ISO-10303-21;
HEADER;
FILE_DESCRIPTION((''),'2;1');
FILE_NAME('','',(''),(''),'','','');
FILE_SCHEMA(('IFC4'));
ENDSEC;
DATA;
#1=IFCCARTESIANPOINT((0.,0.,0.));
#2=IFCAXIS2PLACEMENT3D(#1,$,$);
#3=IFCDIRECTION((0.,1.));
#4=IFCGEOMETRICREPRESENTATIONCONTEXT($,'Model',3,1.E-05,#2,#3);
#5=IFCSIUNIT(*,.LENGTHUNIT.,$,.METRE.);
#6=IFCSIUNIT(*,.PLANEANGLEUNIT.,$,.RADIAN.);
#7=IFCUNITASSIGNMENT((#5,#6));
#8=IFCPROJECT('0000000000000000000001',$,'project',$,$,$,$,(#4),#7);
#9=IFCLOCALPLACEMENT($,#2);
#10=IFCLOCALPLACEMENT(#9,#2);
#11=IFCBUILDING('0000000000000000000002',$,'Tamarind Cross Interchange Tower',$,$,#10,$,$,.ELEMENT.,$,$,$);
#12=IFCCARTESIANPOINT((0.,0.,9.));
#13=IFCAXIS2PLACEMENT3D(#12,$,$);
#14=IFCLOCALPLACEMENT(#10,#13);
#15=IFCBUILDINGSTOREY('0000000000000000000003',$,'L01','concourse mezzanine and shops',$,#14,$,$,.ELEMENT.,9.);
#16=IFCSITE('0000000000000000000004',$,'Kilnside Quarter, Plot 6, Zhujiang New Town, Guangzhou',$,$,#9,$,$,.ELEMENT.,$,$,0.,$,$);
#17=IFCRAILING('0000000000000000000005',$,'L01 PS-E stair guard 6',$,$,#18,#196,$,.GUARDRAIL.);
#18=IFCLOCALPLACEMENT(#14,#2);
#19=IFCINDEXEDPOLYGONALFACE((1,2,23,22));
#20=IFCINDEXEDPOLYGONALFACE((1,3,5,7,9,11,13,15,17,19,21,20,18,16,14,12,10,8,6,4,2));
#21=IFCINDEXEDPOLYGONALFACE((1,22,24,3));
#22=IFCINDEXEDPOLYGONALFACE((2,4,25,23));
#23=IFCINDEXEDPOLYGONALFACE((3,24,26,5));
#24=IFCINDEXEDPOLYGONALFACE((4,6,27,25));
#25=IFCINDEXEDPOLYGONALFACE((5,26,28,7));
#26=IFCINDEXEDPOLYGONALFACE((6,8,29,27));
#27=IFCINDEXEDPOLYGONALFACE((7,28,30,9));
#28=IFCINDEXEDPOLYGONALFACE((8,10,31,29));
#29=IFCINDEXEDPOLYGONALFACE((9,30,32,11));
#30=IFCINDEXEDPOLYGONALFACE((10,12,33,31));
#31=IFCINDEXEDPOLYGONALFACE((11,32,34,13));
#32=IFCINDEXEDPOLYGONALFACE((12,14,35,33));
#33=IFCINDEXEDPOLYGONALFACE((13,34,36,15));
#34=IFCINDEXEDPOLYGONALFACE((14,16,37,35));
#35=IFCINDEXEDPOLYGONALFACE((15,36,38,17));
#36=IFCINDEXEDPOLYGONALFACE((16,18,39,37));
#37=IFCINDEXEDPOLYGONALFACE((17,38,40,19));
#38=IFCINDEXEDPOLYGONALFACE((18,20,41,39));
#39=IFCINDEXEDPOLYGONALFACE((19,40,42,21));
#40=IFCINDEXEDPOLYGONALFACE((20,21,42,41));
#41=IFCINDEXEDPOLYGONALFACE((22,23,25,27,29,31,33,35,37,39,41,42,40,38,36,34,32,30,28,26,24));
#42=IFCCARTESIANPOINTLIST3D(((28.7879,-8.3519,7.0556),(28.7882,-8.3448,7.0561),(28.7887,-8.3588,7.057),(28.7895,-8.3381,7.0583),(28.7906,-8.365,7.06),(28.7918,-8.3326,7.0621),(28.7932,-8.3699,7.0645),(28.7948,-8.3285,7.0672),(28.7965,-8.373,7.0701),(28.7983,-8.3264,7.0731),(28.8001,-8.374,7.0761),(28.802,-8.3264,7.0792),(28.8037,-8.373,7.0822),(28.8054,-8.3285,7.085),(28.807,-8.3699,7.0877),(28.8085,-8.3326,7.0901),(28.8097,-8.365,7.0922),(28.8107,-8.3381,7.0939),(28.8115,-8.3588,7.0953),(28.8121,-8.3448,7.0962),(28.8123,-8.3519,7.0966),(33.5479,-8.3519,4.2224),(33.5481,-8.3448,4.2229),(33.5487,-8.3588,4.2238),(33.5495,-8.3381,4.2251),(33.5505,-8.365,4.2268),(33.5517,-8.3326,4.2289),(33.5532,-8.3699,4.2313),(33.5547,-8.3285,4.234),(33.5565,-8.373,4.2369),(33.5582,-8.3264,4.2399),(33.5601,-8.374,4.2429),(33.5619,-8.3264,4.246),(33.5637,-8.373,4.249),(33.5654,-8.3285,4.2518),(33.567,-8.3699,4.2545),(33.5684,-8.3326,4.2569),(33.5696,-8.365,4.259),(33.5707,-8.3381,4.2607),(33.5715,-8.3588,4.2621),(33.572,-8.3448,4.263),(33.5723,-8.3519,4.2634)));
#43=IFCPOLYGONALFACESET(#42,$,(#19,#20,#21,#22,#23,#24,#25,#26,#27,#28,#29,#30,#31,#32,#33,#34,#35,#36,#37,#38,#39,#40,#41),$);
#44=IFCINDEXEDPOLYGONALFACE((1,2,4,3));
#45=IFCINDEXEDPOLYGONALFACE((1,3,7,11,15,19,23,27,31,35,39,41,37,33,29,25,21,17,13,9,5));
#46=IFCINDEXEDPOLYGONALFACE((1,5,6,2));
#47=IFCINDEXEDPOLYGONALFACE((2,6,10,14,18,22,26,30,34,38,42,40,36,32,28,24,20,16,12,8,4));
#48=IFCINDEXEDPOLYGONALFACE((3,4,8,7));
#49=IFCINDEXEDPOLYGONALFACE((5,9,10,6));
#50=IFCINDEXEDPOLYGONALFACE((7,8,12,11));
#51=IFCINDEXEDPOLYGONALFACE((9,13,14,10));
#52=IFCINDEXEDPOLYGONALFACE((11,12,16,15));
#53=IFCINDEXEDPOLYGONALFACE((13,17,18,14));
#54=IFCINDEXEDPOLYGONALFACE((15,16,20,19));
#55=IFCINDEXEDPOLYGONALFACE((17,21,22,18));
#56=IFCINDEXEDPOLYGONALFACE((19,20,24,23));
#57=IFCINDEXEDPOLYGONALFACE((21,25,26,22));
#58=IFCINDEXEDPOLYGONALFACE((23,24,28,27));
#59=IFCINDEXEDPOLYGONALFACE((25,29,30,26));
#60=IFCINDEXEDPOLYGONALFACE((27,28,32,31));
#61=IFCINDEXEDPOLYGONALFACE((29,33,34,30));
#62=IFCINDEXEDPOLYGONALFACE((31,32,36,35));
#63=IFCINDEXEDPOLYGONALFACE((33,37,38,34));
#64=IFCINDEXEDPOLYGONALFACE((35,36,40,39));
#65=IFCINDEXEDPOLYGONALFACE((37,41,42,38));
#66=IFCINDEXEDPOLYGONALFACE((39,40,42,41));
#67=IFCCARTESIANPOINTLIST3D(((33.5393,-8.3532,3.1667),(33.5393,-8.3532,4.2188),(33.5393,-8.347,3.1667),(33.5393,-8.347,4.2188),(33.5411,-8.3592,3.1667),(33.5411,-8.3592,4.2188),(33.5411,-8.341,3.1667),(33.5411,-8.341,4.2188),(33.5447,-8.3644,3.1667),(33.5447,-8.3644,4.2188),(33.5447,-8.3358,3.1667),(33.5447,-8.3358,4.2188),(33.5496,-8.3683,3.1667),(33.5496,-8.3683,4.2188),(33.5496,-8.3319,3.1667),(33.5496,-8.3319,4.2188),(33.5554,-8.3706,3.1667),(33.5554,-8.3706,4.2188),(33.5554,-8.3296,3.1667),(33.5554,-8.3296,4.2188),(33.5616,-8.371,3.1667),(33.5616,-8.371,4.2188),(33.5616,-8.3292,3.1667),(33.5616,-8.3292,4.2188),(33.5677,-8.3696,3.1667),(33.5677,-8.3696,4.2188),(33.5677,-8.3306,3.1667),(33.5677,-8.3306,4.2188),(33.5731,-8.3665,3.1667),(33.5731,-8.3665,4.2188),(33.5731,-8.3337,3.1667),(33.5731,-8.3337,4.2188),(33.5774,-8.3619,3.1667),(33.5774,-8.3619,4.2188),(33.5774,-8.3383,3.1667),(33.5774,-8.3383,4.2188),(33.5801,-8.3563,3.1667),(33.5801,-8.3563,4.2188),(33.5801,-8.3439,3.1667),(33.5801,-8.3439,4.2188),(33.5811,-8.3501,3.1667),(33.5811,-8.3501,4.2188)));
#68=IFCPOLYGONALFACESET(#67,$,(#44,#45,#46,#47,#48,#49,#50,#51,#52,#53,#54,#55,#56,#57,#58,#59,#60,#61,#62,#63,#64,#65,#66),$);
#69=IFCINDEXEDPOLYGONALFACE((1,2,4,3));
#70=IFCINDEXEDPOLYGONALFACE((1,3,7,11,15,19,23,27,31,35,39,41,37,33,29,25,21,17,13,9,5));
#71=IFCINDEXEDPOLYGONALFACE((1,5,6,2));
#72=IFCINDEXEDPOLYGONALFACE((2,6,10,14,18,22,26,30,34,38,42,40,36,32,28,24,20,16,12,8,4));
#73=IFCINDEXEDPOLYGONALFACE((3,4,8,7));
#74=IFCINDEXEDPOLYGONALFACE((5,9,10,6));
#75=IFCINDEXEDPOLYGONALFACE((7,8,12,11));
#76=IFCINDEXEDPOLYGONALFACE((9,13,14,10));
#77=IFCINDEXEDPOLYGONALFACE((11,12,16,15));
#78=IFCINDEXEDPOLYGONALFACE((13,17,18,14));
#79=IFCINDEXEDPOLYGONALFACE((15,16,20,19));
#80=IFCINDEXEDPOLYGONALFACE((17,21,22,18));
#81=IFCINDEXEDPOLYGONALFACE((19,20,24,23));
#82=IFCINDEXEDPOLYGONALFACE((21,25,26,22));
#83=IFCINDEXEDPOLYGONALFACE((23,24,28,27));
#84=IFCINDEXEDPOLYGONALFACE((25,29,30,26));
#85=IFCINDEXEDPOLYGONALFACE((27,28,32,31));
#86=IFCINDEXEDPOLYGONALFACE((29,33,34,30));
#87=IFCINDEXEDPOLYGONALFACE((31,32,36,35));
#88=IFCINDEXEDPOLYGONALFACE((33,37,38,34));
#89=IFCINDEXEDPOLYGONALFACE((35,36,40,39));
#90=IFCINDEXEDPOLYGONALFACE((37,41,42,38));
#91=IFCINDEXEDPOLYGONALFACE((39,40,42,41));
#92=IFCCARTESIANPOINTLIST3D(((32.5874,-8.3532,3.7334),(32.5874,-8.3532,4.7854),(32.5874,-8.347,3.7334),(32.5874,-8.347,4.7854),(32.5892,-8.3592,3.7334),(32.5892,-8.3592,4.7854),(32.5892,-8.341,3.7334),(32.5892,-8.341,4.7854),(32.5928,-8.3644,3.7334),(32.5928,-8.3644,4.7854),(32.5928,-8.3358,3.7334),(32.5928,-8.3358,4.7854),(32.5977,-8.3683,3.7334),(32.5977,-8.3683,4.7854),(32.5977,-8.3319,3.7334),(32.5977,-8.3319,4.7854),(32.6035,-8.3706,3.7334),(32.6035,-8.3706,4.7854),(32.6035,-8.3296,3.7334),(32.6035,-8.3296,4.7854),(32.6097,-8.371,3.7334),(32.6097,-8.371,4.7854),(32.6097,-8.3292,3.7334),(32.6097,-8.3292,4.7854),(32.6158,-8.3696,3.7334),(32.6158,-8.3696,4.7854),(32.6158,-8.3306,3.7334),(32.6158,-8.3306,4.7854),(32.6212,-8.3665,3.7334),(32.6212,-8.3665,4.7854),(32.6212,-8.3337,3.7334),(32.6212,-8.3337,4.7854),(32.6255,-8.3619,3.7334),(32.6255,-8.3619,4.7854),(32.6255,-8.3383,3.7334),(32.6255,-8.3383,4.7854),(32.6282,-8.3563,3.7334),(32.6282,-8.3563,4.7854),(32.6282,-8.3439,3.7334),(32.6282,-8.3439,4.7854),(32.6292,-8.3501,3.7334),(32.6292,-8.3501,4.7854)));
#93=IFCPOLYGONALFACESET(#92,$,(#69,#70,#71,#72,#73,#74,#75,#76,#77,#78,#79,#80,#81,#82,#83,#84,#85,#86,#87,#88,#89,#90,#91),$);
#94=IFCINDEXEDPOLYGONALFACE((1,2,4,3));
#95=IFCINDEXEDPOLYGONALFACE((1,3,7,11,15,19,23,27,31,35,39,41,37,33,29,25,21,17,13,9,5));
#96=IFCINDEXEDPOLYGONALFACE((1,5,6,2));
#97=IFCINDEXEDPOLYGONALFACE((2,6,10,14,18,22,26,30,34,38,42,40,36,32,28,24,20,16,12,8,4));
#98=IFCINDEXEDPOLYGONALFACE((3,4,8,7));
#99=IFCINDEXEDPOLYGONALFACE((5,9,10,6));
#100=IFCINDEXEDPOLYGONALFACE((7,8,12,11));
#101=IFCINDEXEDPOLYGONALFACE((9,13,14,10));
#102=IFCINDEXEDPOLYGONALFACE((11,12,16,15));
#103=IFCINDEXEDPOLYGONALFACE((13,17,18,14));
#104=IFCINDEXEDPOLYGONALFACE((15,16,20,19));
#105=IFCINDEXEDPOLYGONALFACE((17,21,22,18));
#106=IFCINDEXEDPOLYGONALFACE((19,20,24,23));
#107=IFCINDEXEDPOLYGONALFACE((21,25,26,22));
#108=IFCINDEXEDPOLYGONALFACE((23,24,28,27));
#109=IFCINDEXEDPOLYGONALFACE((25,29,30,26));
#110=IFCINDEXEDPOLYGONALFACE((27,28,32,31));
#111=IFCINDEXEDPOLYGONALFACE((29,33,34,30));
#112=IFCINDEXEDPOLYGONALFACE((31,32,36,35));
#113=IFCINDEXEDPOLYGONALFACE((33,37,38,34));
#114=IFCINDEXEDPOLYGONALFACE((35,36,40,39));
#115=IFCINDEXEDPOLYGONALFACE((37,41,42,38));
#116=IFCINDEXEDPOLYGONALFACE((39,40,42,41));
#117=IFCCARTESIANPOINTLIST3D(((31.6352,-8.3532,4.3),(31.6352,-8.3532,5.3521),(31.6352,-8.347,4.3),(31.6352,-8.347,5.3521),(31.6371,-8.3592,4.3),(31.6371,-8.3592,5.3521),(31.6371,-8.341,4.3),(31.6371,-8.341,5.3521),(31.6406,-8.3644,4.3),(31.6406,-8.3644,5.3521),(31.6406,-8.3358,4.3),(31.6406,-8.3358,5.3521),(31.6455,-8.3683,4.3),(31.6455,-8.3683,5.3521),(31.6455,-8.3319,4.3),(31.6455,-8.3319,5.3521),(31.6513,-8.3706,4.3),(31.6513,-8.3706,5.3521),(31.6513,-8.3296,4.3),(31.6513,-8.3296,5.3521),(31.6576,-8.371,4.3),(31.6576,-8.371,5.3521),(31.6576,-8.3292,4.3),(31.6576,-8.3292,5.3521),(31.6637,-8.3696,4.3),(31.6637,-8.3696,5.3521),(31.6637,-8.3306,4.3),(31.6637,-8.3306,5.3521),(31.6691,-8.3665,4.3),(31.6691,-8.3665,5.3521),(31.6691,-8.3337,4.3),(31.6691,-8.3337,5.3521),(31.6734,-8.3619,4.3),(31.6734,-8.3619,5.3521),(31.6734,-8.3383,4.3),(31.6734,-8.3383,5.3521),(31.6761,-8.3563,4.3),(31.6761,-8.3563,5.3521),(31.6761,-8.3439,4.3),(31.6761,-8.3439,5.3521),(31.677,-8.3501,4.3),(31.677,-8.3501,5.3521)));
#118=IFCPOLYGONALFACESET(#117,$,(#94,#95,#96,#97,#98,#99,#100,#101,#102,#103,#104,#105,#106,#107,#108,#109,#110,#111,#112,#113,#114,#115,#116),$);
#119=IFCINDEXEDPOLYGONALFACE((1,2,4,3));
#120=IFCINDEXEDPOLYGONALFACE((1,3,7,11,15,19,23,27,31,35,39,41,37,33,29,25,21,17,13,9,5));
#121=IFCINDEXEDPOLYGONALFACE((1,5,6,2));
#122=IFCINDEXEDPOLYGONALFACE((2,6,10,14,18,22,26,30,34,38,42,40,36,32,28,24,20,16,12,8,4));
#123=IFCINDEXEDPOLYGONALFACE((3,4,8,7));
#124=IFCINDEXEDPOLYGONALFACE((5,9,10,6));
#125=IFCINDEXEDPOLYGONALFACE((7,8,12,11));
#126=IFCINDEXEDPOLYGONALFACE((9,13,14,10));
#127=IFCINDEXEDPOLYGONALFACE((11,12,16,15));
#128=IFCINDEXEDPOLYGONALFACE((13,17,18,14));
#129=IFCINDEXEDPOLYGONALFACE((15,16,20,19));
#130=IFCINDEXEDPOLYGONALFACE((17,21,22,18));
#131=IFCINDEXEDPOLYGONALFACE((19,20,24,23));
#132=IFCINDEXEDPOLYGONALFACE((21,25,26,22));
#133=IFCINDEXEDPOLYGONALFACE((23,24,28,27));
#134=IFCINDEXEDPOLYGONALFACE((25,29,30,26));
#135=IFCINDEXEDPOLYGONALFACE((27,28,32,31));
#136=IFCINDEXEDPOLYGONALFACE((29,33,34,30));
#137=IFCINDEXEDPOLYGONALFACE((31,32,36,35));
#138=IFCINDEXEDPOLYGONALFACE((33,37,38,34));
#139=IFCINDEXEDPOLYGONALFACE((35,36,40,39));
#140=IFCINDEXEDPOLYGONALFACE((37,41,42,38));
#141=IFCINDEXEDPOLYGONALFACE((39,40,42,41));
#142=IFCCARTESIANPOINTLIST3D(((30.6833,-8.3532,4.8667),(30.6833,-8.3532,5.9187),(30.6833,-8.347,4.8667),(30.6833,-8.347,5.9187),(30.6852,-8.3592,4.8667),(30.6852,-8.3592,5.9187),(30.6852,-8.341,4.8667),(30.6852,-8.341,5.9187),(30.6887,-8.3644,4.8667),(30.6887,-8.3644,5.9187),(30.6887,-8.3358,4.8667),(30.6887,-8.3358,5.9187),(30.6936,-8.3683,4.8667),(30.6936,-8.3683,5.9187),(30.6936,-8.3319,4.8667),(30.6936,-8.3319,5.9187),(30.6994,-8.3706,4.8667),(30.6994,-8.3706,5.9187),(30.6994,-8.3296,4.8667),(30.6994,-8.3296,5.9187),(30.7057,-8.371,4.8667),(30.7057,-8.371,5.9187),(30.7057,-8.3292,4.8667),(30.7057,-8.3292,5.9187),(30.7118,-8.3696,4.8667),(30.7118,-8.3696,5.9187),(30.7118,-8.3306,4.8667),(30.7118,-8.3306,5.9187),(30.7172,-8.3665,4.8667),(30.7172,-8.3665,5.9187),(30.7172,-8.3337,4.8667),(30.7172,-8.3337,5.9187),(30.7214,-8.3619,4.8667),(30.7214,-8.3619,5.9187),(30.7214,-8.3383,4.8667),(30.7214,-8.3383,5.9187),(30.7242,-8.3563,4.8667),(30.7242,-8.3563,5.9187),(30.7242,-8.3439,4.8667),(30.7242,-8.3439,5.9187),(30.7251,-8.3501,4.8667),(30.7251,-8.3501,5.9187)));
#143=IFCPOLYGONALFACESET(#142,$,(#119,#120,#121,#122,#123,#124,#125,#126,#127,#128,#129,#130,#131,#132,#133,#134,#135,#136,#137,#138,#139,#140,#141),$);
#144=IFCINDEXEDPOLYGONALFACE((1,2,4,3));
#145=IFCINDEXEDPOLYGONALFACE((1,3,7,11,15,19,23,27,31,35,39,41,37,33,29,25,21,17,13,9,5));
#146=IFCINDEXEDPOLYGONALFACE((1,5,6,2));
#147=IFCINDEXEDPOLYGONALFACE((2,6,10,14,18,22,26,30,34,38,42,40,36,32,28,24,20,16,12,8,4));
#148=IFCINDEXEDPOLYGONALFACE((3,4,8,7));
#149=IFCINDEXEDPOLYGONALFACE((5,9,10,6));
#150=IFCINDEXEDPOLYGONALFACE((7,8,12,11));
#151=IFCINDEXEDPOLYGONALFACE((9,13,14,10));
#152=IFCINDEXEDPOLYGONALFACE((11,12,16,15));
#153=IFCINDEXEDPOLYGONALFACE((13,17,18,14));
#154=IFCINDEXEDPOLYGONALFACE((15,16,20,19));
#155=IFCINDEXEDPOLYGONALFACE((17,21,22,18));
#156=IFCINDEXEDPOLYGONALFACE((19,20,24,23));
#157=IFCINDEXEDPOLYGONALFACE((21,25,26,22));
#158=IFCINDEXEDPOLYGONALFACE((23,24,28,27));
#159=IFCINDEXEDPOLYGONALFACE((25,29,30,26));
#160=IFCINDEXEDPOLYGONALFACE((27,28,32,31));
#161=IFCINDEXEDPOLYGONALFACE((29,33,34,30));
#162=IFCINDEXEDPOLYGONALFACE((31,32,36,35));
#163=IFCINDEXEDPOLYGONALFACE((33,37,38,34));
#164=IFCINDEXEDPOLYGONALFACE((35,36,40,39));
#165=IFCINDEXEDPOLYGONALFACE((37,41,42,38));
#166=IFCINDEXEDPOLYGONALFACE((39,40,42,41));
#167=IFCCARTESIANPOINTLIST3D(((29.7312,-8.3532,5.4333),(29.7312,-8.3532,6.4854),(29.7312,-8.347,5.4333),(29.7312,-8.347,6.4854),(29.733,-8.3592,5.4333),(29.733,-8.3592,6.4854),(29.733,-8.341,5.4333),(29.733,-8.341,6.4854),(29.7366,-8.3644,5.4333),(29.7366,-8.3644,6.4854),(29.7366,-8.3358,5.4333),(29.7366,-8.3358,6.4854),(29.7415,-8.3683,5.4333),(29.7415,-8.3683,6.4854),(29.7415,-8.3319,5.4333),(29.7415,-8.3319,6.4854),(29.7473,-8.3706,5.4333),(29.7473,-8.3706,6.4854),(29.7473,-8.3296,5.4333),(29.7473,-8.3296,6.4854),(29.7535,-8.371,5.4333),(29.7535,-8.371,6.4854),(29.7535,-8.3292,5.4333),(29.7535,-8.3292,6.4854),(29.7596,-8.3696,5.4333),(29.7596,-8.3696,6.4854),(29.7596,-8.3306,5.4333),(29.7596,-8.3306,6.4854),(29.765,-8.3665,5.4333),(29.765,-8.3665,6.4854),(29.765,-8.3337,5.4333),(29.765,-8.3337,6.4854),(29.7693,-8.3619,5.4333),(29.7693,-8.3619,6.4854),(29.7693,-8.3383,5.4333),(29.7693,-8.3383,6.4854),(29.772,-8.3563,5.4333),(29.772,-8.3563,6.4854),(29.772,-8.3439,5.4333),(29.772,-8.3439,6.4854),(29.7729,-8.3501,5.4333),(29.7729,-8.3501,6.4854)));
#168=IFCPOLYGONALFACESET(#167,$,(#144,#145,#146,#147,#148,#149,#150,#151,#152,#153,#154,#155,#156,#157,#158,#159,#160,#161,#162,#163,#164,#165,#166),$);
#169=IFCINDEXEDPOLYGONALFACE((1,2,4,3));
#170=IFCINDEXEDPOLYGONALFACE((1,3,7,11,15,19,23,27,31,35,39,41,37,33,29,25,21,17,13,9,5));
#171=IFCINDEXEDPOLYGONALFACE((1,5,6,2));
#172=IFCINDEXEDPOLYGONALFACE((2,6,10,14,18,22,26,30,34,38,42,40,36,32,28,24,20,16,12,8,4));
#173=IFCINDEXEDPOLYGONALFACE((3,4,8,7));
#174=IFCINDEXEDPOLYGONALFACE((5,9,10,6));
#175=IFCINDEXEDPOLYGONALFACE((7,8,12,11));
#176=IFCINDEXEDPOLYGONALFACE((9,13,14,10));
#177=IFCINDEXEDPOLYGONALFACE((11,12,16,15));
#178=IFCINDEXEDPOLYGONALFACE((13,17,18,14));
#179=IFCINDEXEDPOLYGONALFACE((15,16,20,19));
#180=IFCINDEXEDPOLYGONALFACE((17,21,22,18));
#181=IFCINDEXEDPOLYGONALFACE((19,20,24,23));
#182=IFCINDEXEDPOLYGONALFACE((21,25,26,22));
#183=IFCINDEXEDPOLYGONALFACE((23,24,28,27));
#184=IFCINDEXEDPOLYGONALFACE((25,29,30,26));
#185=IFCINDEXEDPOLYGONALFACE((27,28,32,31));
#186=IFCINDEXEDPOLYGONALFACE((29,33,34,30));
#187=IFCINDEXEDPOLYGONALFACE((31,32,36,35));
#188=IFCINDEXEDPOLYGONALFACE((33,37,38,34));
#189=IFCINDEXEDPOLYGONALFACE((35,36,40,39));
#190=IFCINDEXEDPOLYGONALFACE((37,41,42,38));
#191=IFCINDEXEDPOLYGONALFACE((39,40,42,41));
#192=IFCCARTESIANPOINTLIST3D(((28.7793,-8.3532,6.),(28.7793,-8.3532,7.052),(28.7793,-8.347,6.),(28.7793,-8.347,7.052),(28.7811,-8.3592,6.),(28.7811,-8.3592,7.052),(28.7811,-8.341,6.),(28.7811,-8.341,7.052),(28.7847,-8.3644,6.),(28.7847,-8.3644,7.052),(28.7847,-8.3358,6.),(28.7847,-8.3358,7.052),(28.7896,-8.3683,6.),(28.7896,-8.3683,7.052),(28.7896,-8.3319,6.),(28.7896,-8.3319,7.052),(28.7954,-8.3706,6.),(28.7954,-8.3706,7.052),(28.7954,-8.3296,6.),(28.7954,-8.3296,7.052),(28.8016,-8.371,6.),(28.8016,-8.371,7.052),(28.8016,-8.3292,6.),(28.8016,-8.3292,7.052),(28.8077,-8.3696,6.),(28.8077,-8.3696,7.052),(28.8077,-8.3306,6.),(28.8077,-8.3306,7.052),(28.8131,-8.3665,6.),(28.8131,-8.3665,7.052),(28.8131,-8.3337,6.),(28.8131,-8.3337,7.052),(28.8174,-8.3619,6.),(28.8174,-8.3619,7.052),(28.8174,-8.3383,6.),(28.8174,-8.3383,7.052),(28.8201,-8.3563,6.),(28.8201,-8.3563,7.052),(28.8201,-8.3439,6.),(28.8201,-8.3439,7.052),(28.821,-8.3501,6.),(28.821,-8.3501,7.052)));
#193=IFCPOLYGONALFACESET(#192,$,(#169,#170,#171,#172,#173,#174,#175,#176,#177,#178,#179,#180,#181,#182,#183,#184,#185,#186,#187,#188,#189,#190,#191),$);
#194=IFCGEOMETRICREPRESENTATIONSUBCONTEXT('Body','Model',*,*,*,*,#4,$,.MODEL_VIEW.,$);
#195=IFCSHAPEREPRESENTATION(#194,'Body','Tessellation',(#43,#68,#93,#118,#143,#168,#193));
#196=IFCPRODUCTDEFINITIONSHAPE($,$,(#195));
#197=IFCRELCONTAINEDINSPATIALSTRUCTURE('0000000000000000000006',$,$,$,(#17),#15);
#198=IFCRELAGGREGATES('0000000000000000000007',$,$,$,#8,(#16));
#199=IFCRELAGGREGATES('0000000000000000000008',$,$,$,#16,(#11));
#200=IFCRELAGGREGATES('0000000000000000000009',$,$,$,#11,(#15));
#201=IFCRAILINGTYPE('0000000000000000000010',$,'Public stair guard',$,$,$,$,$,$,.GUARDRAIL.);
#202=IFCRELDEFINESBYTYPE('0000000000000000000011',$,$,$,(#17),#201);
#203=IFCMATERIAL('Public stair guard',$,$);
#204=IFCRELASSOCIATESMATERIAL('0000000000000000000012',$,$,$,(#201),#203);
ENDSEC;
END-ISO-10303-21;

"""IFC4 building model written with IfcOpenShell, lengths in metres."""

from ifc_helpers import new_model, si_unit, direction, frame, origin, origin_2d, place, context, subcontext, project, spatial, circle, extrude, material, type_object, element, save


model = new_model("IFC4")

# Units and contexts
model_context = context("Model", 3, precision=1e-05, world=origin(), true_north=direction((0.0, 1.0)))
body_context = subcontext(model_context, "Body", "Model", "MODEL_VIEW")
ifc_project = project(units=[si_unit("LENGTHUNIT", "METRE"), si_unit("PLANEANGLEUNIT", "RADIAN")], contexts=[model_context])

# Site, building, storey
site_placement = place(None, origin())
site = spatial("IfcSite", under=ifc_project, at=site_placement, Name="Kilnside Quarter, Plot 6, Zhujiang New Town, Guangzhou", CompositionType="ELEMENT", RefElevation=0.0)
building_placement = place(site_placement, origin())
building = spatial("IfcBuilding", under=site, at=building_placement, Name="Tamarind Cross Interchange Tower", CompositionType="ELEMENT")
storey_placement = place(building_placement, frame((0.0, 0.0, 9.0)))
storey = spatial("IfcBuildingStorey", under=building, at=storey_placement, Name="L01", Description="concourse mezzanine and shops", CompositionType="ELEMENT", Elevation=9.0)

# Railing
ifc_material_1 = material(Name="Public stair guard")
railing_type_1 = type_object("IfcRailingType", Name="Public stair guard", PredefinedType="GUARDRAIL", material=ifc_material_1)
railing_1_placement = place(storey_placement, frame((33.5601, -8.3501, 3.1667)))
element("IfcRailing", 1, at=railing_1_placement, inside=storey, type_object=railing_type_1, Name="L01 PS-E stair guard 6", PredefinedType="GUARDRAIL", context=body_context, shape_type="SweptSolid", body=[
    extrude(circle(Radius=0.0239, at=origin_2d()), frame((0.0, 0.0, 1.0762), z_axis=(-0.8593, 0.0, 0.511472), x_axis=(0.0, -1.0, 0.0)), (0.0, 0.0, 1.0), 5.5393),
    extrude(circle(Radius=0.021, at=origin_2d()), origin(), (0.0, 0.0, 1.0), 1.052),
    extrude(circle(Radius=0.021, at=origin_2d()), frame((-0.9519, 0.0, 0.5667)), (0.0, 0.0, 1.0), 1.052),
    extrude(circle(Radius=0.021, at=origin_2d()), frame((-1.9041, 0.0, 1.1333)), (0.0, 0.0, 1.0), 1.052),
    extrude(circle(Radius=0.021, at=origin_2d()), frame((-2.856, 0.0, 1.7)), (0.0, 0.0, 1.0), 1.052),
    extrude(circle(Radius=0.021, at=origin_2d()), frame((-3.8081, 0.0, 2.2666)), (0.0, 0.0, 1.0), 1.052),
    extrude(circle(Radius=0.021, at=origin_2d()), frame((-4.76, 0.0, 2.8333)), (0.0, 0.0, 1.0), 1.052),
])

save(model, "model.ifc")
